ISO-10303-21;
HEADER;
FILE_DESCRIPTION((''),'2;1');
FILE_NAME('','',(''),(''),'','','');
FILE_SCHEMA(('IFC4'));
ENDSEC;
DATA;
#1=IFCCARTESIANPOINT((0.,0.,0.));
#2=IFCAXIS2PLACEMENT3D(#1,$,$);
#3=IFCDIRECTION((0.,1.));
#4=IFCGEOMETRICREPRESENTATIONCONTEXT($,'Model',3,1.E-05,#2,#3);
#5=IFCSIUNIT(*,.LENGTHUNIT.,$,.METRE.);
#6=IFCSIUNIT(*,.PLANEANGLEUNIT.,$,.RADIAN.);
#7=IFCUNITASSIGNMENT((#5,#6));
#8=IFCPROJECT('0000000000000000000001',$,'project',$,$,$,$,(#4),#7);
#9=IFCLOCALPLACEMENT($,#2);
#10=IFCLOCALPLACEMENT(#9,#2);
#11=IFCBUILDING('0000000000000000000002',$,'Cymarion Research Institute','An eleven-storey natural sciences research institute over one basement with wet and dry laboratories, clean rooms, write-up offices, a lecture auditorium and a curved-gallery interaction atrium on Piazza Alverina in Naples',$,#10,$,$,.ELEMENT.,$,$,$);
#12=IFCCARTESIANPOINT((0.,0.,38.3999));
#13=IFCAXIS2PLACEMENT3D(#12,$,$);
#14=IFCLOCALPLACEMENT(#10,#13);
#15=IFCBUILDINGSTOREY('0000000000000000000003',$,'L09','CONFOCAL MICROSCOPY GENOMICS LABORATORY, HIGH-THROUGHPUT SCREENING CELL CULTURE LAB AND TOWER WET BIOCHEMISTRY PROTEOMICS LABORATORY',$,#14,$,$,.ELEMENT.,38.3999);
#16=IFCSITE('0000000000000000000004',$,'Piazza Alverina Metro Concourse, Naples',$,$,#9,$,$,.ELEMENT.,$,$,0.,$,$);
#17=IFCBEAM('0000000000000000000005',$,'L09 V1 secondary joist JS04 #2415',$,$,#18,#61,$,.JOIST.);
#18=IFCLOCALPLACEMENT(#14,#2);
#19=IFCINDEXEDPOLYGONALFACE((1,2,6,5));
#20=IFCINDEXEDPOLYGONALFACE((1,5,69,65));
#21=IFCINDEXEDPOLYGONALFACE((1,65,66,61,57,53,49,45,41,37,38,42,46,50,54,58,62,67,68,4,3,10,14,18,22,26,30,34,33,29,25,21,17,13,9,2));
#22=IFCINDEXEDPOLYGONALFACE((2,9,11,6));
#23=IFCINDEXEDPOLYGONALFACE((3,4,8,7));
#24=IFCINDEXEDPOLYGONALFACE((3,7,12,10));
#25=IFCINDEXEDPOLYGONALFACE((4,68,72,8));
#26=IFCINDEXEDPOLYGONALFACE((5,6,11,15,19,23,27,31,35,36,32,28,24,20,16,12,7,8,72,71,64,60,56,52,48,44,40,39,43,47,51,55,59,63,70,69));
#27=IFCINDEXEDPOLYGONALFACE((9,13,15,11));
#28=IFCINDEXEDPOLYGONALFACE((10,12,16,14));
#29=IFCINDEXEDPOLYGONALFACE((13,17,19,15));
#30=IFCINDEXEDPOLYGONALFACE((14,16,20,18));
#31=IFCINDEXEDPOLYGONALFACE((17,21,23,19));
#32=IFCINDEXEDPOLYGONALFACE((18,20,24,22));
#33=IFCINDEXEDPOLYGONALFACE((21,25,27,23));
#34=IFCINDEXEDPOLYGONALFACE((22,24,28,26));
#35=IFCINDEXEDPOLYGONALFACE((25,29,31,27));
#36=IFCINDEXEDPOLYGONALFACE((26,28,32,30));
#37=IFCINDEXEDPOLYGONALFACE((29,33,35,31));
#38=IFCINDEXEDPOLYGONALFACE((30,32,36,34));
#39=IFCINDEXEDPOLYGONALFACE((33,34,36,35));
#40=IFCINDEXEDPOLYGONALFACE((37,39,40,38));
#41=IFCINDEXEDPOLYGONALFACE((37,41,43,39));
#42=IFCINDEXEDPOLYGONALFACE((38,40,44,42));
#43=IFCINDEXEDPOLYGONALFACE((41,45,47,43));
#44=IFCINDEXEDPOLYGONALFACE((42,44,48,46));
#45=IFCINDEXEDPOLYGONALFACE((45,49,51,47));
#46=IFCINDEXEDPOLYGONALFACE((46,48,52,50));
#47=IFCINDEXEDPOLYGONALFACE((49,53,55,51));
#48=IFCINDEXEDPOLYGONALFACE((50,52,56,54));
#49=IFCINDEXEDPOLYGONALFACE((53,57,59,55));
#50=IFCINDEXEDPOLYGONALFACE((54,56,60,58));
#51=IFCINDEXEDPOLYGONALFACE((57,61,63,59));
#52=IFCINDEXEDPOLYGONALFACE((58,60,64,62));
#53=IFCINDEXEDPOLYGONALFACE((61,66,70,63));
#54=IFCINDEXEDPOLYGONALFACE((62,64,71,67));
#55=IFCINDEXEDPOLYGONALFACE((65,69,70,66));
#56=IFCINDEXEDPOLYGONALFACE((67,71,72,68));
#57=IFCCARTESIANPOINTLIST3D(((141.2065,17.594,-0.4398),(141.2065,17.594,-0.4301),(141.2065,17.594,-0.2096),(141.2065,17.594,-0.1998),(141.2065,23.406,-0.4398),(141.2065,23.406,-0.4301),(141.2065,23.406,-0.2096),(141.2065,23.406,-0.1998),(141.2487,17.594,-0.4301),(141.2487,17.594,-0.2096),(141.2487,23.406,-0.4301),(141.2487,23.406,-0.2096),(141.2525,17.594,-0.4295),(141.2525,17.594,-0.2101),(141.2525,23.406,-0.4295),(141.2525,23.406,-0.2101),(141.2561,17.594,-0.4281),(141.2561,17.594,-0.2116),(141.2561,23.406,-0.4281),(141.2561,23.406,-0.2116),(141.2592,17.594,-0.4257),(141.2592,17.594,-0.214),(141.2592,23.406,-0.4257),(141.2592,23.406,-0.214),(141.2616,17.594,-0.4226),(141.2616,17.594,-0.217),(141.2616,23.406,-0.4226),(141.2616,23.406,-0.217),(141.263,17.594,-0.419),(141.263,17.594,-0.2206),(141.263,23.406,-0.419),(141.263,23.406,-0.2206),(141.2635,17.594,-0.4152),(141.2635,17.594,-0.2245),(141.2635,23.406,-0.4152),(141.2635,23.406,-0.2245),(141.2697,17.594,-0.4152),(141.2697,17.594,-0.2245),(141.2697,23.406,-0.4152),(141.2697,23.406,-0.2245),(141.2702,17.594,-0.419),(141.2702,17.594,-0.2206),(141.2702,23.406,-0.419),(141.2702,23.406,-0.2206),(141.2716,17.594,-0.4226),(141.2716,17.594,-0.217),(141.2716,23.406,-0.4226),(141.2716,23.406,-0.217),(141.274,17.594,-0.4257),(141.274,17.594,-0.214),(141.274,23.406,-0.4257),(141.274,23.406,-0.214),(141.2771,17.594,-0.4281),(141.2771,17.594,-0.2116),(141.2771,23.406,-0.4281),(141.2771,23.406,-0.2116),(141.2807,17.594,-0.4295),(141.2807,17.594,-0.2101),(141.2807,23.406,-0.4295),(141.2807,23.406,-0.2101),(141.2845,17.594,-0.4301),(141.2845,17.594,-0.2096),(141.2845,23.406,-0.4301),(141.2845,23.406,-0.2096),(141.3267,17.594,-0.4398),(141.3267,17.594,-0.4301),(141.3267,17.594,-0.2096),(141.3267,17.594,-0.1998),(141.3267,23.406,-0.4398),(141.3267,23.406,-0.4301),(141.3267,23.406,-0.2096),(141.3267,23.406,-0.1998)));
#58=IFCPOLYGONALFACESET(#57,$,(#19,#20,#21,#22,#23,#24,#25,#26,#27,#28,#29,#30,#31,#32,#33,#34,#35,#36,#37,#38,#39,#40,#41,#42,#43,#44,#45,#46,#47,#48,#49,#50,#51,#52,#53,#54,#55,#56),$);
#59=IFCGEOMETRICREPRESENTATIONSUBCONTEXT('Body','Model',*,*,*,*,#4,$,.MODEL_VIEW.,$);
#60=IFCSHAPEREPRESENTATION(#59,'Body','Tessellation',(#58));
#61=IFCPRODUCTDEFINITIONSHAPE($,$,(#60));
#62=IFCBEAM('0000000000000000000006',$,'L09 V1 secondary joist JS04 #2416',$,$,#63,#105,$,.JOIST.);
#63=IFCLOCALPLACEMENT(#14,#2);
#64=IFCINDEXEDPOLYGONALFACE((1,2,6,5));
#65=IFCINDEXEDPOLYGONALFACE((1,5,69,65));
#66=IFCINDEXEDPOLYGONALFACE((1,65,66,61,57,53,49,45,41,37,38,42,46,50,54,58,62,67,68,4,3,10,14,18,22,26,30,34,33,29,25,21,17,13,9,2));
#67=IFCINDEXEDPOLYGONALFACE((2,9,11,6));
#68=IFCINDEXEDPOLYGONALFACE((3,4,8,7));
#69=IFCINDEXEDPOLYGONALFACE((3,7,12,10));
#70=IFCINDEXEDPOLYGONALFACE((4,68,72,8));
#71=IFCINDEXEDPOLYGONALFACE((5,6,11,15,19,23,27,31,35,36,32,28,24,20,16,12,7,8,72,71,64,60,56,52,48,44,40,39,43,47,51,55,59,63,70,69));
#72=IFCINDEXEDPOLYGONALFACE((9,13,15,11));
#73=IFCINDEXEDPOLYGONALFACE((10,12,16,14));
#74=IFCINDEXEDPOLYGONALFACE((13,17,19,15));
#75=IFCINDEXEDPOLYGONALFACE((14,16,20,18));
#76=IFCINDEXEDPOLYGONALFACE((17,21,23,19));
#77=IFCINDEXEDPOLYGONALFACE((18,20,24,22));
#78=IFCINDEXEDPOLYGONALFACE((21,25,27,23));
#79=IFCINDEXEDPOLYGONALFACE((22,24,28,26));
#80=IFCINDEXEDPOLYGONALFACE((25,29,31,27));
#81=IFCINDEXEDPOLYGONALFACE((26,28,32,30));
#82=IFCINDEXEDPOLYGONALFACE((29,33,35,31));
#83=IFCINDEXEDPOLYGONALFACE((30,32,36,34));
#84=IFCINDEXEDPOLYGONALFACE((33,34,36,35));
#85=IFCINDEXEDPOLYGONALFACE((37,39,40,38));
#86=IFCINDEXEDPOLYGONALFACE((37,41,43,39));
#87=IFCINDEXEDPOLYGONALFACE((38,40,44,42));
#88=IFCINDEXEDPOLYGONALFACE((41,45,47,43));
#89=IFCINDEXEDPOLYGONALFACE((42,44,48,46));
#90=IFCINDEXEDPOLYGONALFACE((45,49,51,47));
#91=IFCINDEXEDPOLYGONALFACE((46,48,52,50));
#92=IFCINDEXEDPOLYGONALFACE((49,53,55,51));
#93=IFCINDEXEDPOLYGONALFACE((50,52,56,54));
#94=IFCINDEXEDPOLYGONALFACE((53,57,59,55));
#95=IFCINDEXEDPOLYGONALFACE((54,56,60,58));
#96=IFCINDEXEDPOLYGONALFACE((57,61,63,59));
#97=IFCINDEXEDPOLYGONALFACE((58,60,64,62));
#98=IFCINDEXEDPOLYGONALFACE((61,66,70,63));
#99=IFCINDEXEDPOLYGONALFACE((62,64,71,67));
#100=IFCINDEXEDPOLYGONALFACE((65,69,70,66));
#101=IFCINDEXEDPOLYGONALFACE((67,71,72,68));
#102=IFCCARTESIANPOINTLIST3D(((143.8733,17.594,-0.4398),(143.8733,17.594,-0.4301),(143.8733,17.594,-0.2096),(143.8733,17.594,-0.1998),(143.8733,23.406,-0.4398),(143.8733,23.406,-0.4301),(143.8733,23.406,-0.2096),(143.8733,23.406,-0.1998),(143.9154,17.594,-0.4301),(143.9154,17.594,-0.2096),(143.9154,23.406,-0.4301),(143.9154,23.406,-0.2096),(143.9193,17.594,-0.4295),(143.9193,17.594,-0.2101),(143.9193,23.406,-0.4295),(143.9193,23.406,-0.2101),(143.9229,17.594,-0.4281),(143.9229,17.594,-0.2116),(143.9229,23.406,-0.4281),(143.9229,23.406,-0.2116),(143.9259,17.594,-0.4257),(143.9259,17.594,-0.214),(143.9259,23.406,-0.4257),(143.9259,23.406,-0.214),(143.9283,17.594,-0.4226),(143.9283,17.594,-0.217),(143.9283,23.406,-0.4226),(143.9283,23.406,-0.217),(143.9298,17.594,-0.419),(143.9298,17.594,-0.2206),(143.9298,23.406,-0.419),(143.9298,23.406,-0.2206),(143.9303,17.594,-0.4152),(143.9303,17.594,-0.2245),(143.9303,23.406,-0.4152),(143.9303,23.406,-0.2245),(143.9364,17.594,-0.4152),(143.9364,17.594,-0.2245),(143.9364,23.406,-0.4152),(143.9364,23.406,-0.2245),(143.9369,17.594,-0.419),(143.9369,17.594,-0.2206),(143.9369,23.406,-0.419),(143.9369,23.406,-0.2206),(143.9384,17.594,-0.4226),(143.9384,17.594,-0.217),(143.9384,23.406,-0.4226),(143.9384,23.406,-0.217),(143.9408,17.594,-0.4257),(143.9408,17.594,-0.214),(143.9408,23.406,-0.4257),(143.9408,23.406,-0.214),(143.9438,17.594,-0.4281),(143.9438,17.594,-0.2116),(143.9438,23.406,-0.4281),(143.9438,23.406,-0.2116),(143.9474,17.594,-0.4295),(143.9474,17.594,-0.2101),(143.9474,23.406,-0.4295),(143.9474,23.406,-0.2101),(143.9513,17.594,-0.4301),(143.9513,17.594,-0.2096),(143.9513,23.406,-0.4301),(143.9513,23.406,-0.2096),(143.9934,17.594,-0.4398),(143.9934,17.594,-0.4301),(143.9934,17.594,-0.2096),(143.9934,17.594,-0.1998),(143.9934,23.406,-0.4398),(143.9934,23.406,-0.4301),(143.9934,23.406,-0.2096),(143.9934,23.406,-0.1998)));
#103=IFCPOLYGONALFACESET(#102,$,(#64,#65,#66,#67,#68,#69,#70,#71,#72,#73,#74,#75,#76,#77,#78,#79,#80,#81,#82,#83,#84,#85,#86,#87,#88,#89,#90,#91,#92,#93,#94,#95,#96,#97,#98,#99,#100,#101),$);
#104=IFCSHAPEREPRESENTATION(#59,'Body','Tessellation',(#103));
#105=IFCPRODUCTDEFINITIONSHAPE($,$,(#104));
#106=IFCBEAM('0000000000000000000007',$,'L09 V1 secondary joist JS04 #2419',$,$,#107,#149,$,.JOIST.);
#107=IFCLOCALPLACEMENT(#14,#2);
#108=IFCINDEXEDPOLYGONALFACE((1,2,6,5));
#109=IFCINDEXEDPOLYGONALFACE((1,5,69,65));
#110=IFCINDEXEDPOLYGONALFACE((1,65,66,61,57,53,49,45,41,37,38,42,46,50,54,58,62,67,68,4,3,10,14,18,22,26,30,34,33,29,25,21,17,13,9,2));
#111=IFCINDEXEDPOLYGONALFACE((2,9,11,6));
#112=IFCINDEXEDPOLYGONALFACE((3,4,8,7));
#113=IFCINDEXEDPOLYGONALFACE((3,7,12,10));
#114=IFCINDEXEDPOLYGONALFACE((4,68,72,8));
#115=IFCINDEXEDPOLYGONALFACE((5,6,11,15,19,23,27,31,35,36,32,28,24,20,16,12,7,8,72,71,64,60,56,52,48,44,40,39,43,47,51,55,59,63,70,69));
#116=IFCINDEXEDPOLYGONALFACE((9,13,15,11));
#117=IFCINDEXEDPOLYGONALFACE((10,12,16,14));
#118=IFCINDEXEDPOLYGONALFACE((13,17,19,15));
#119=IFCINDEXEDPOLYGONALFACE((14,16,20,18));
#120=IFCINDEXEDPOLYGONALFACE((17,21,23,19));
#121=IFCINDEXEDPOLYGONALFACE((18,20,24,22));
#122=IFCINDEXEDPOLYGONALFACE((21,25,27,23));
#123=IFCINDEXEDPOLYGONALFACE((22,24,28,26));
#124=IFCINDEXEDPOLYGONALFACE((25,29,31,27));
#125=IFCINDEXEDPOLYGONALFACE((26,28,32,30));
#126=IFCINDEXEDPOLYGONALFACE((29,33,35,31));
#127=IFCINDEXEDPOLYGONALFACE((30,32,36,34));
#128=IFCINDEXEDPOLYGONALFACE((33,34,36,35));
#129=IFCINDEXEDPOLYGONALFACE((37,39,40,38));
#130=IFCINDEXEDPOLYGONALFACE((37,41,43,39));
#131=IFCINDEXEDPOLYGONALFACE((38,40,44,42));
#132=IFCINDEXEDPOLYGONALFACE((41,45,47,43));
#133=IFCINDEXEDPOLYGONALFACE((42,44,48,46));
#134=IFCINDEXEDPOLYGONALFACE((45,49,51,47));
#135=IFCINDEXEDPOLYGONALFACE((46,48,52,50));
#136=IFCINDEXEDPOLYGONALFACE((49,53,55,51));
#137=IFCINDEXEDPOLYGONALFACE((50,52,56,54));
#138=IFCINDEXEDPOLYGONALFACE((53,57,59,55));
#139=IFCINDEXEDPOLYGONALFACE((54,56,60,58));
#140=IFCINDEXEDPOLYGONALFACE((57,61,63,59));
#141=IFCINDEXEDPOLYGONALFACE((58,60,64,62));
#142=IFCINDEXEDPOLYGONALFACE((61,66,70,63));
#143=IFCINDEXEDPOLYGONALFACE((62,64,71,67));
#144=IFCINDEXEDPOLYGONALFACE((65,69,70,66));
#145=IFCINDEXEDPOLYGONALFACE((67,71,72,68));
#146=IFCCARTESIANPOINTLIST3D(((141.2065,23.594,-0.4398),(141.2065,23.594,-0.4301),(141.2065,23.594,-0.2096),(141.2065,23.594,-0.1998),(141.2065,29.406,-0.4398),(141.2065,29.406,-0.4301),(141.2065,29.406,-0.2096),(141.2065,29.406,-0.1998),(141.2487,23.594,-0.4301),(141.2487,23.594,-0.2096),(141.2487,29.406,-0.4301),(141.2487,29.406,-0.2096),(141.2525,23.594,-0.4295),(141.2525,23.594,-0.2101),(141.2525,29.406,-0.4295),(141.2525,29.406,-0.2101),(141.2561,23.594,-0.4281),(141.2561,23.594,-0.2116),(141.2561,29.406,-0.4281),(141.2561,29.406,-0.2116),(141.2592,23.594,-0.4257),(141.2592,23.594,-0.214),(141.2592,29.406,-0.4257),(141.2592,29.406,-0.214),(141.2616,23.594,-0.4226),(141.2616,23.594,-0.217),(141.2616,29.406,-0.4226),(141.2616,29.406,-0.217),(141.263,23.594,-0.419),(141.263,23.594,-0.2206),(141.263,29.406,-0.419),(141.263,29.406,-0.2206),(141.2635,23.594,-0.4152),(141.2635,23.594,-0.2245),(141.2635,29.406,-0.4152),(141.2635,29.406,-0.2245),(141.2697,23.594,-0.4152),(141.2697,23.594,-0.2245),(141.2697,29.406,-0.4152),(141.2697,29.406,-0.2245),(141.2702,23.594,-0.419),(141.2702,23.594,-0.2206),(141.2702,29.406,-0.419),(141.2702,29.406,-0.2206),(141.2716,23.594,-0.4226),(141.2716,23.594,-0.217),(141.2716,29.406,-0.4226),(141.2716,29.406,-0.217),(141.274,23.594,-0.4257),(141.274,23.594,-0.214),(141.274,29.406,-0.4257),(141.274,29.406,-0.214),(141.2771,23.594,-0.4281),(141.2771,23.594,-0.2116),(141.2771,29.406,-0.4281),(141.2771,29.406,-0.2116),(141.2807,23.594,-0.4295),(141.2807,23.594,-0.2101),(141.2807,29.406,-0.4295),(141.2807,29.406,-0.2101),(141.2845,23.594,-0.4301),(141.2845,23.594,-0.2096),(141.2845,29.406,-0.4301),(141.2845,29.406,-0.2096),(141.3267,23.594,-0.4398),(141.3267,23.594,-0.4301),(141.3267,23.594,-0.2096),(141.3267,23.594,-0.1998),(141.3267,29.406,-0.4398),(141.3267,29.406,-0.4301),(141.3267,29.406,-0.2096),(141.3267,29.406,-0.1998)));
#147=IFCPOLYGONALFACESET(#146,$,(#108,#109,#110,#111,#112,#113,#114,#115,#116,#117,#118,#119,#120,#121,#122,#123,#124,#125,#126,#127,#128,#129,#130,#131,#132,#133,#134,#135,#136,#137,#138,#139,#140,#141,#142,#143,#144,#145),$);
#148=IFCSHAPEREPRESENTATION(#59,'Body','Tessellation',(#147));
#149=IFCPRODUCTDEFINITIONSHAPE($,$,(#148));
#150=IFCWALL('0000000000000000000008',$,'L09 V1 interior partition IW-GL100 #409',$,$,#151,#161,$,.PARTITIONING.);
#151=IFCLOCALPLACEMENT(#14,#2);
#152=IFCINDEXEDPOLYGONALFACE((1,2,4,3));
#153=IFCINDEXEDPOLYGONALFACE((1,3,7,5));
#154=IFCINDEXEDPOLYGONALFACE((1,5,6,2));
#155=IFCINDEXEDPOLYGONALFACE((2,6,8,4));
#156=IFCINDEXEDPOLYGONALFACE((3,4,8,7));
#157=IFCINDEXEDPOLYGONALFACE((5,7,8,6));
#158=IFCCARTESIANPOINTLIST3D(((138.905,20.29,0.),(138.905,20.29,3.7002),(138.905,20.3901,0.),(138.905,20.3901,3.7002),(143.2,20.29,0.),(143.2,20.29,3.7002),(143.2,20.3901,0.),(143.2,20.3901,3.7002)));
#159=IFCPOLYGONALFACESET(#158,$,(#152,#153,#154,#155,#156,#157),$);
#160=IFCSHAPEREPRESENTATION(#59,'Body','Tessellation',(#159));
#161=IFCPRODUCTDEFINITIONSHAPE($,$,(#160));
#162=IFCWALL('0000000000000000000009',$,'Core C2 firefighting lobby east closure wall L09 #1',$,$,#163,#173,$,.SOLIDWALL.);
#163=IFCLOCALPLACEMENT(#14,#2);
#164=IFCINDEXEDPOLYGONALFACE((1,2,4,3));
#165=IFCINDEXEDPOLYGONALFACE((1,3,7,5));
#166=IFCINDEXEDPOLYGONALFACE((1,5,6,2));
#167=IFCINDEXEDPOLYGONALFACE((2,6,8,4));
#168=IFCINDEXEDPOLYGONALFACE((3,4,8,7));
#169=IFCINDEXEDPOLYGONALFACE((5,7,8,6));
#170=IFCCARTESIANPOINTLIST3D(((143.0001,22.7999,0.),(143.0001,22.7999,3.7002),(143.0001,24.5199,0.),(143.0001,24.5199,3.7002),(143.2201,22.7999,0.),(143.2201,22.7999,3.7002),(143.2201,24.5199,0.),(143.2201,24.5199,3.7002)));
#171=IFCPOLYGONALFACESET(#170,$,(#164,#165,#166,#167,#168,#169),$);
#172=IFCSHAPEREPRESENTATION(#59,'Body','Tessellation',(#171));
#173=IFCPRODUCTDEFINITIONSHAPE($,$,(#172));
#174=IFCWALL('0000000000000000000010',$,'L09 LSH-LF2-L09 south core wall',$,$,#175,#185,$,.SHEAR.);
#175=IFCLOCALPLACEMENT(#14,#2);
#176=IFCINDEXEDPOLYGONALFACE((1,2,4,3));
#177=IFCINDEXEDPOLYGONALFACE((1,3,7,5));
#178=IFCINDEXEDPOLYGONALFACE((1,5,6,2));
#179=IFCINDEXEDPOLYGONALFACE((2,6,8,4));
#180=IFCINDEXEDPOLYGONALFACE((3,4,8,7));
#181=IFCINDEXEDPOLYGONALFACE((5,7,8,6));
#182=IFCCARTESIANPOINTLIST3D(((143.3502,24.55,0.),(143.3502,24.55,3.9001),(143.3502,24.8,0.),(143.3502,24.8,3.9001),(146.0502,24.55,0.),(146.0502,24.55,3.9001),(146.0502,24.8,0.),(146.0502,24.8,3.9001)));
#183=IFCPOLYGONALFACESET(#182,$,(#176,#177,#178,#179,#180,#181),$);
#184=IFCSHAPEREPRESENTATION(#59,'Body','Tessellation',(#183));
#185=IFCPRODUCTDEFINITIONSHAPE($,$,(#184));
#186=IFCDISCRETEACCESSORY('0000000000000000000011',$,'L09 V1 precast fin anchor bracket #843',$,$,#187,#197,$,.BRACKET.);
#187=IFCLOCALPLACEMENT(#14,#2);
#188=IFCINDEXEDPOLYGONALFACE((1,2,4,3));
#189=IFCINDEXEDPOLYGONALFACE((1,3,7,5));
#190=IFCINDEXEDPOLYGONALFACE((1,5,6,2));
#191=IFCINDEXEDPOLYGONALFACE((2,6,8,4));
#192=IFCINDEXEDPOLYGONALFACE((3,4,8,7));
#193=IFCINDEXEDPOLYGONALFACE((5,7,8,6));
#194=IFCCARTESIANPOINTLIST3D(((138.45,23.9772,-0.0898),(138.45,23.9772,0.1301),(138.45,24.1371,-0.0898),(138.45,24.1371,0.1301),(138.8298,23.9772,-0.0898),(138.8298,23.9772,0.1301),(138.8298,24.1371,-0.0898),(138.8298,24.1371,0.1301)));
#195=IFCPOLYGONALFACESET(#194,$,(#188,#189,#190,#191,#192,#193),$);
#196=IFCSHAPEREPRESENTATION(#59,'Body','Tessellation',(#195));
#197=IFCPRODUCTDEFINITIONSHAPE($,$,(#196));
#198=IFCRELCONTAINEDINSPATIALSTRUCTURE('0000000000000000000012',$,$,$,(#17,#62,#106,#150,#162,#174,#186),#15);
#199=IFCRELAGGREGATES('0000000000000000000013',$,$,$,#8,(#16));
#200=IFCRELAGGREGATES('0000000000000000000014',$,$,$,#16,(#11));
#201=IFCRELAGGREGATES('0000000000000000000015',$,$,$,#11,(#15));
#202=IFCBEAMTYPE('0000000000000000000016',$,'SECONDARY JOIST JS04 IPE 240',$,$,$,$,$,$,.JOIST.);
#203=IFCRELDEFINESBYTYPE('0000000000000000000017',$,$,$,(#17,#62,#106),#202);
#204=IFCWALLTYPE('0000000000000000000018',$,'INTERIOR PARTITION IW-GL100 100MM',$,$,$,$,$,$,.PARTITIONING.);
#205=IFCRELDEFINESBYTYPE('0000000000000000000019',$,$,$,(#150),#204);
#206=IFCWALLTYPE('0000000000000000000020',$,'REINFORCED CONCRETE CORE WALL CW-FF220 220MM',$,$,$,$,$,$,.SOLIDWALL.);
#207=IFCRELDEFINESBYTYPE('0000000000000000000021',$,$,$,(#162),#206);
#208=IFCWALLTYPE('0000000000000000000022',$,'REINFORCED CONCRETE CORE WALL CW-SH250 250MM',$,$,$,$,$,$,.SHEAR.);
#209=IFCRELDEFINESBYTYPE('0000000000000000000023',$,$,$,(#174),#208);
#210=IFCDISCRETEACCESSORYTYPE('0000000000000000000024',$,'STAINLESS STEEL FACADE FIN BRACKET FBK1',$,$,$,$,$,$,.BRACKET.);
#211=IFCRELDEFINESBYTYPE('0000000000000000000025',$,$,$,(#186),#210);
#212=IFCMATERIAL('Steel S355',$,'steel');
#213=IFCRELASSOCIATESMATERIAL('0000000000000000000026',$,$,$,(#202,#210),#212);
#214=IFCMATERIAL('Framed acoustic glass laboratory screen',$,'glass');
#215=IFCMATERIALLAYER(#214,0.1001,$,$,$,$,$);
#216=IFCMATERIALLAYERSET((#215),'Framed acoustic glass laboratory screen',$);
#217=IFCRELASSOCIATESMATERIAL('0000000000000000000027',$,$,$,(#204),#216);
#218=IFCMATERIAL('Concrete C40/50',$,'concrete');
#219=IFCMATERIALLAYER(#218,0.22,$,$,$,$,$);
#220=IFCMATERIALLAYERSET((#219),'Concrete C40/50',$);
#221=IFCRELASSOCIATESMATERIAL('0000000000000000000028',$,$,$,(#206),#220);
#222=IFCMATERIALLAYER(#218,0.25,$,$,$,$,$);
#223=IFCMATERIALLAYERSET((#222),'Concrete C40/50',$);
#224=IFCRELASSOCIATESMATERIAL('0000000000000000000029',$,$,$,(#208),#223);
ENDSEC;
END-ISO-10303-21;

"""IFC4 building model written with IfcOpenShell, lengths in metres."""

from ifc_helpers import new_model, si_unit, direction, frame, frame_2d, origin, origin_2d, place, context, subcontext, project, spatial, rectangle, i_section, extrude, material, layer, layer_set, material_profile, profile_set, type_object, element, save


model = new_model("IFC4")

# Units and contexts
model_context = context("Model", 3, precision=1e-05, world=origin(), true_north=direction((0.0, 1.0)))
body_context = subcontext(model_context, "Body", "Model", "MODEL_VIEW")
ifc_project = project(units=[si_unit("LENGTHUNIT", "METRE"), si_unit("PLANEANGLEUNIT", "RADIAN")], contexts=[model_context])

# Site, building, storey
site_placement = place(None, origin())
site = spatial("IfcSite", under=ifc_project, at=site_placement, Name="Piazza Alverina Metro Concourse, Naples", CompositionType="ELEMENT", RefElevation=0.0)
building_placement = place(site_placement, origin())
building = spatial("IfcBuilding", under=site, at=building_placement, Name="Cymarion Research Institute", Description="An eleven-storey natural sciences research institute over one basement with wet and dry laboratories, clean rooms, write-up offices, a lecture auditorium and a curved-gallery interaction atrium on Piazza Alverina in Naples", CompositionType="ELEMENT")
storey_placement = place(building_placement, frame((0.0, 0.0, 38.3999)))
storey = spatial("IfcBuildingStorey", under=building, at=storey_placement, Name="L09", Description="CONFOCAL MICROSCOPY GENOMICS LABORATORY, HIGH-THROUGHPUT SCREENING CELL CULTURE LAB AND TOWER WET BIOCHEMISTRY PROTEOMICS LABORATORY", CompositionType="ELEMENT", Elevation=38.3999)

# Beams
ifc_material_1 = material(Name="Steel S355", Category="steel")
ifc_material_profile = material_profile(ifc_material_1, i_section(OverallWidth=0.1201, OverallDepth=0.24, WebThickness=0.0061, FlangeThickness=0.0098, FilletRadius=0.0149, at=origin_2d()), Name="IPE 240")
ifc_profile_set = profile_set([ifc_material_profile], Name="Steel S355")
beam_type = type_object("IfcBeamType", Name="SECONDARY JOIST JS04 IPE 240", PredefinedType="JOIST", material=ifc_profile_set)
for number, where, z_axis, x_axis, name in (
    (1, (141.2666, 17.594, -0.3198), (0.0, 1.0, 0.0), (-1.0, 0.0, 0.0), "L09 V1 secondary joist JS04 #2415"),
    (2, (143.9333, 17.594, -0.3198), (0.0, 1.0, 0.0), (-1.0, 0.0, 0.0), "L09 V1 secondary joist JS04 #2416"),
    (3, (141.2666, 23.594, -0.3198), (0.0, 1.0, 0.0), (-1.0, 0.0, 0.0), "L09 V1 secondary joist JS04 #2419"),
):
    element("IfcBeam", number, at=place(storey_placement, frame(where, z_axis=z_axis, x_axis=x_axis)), inside=storey, type_object=beam_type, Name=name, PredefinedType="JOIST", context=body_context, shape_type="SweptSolid", body=[
        extrude(i_section(OverallWidth=0.1201, OverallDepth=0.24, WebThickness=0.0061, FlangeThickness=0.0098, FilletRadius=0.0149, at=origin_2d()), origin(), (0.0, 0.0, 1.0), 5.812),
    ])

# Wall
ifc_material_2 = material(Name="Framed acoustic glass laboratory screen", Category="glass")
ifc_layer_1 = layer(ifc_material_2, 0.1001)
ifc_layer_set_1 = layer_set([ifc_layer_1], Name="Framed acoustic glass laboratory screen")
wall_type_1 = type_object("IfcWallType", Name="INTERIOR PARTITION IW-GL100 100MM", PredefinedType="PARTITIONING", material=ifc_layer_set_1)
wall_1_placement = place(storey_placement, frame((138.905, 20.3401, 0.0), z_axis=(0.0, 0.0, 1.0), x_axis=(1.0, 0.0, 0.0)))
element("IfcWall", 4, at=wall_1_placement, inside=storey, type_object=wall_type_1, Name="L09 V1 interior partition IW-GL100 #409", PredefinedType="PARTITIONING", context=body_context, shape_type="SweptSolid", body=[
    extrude(rectangle(XDim=4.2949, YDim=0.1001, at=frame_2d((2.1475, 0.0))), origin(), (0.0, 0.0, 1.0), 3.7002),
])

# Shared definitions
ifc_material_3 = material(Name="Concrete C40/50", Category="concrete")
ifc_layer_2 = layer(ifc_material_3, 0.22)
ifc_layer_set_2 = layer_set([ifc_layer_2], Name="Concrete C40/50")
wall_type_2 = type_object("IfcWallType", Name="REINFORCED CONCRETE CORE WALL CW-FF220 220MM", PredefinedType="SOLIDWALL", material=ifc_layer_set_2)

# Walls
wall_2_placement = place(storey_placement, frame((143.1101, 22.8, 0.0), z_axis=(0.0, 0.0, 1.0), x_axis=(0.0, 1.0, 0.0)))
element("IfcWall", 5, at=wall_2_placement, inside=storey, type_object=wall_type_2, Name="Core C2 firefighting lobby east closure wall L09 #1", PredefinedType="SOLIDWALL", context=body_context, shape_type="SweptSolid", body=[
    extrude(rectangle(XDim=1.72, YDim=0.22, at=frame_2d((0.8599, 0.0))), origin(), (0.0, 0.0, 1.0), 3.7002),
])
ifc_layer_3 = layer(ifc_material_3, 0.25)
ifc_layer_set_3 = layer_set([ifc_layer_3], Name="Concrete C40/50")
wall_type_3 = type_object("IfcWallType", Name="REINFORCED CONCRETE CORE WALL CW-SH250 250MM", PredefinedType="SHEAR", material=ifc_layer_set_3)
wall_3_placement = place(storey_placement, frame((143.3501, 24.675, 0.0), z_axis=(0.0, 0.0, 1.0), x_axis=(1.0, 0.0, 0.0)))
element("IfcWall", 6, at=wall_3_placement, inside=storey, type_object=wall_type_3, Name="L09 LSH-LF2-L09 south core wall", PredefinedType="SHEAR", context=body_context, shape_type="SweptSolid", body=[
    extrude(rectangle(XDim=2.7, YDim=0.25, at=frame_2d((1.3501, 0.0))), origin(), (0.0, 0.0, 1.0), 3.9001),
])

# Discrete accessory
discrete_accessory_type = type_object("IfcDiscreteAccessoryType", Name="STAINLESS STEEL FACADE FIN BRACKET FBK1", PredefinedType="BRACKET", material=ifc_material_1)
for number, where, z_axis, x_axis, name in (
    (7, (138.6399, 24.0571, -0.0898), (0.0, 0.0, 1.0), (-1.0, 0.0, 0.0), "L09 V1 precast fin anchor bracket #843"),
):
    element("IfcDiscreteAccessory", number, at=place(storey_placement, frame(where, z_axis=z_axis, x_axis=x_axis)), inside=storey, type_object=discrete_accessory_type, Name=name, PredefinedType="BRACKET", context=body_context, shape_type="SweptSolid", body=[
        extrude(rectangle(XDim=0.3799, YDim=0.1599, at=origin_2d()), origin(), (0.0, 0.0, 1.0), 0.22),
    ])

save(model, "model.ifc")
